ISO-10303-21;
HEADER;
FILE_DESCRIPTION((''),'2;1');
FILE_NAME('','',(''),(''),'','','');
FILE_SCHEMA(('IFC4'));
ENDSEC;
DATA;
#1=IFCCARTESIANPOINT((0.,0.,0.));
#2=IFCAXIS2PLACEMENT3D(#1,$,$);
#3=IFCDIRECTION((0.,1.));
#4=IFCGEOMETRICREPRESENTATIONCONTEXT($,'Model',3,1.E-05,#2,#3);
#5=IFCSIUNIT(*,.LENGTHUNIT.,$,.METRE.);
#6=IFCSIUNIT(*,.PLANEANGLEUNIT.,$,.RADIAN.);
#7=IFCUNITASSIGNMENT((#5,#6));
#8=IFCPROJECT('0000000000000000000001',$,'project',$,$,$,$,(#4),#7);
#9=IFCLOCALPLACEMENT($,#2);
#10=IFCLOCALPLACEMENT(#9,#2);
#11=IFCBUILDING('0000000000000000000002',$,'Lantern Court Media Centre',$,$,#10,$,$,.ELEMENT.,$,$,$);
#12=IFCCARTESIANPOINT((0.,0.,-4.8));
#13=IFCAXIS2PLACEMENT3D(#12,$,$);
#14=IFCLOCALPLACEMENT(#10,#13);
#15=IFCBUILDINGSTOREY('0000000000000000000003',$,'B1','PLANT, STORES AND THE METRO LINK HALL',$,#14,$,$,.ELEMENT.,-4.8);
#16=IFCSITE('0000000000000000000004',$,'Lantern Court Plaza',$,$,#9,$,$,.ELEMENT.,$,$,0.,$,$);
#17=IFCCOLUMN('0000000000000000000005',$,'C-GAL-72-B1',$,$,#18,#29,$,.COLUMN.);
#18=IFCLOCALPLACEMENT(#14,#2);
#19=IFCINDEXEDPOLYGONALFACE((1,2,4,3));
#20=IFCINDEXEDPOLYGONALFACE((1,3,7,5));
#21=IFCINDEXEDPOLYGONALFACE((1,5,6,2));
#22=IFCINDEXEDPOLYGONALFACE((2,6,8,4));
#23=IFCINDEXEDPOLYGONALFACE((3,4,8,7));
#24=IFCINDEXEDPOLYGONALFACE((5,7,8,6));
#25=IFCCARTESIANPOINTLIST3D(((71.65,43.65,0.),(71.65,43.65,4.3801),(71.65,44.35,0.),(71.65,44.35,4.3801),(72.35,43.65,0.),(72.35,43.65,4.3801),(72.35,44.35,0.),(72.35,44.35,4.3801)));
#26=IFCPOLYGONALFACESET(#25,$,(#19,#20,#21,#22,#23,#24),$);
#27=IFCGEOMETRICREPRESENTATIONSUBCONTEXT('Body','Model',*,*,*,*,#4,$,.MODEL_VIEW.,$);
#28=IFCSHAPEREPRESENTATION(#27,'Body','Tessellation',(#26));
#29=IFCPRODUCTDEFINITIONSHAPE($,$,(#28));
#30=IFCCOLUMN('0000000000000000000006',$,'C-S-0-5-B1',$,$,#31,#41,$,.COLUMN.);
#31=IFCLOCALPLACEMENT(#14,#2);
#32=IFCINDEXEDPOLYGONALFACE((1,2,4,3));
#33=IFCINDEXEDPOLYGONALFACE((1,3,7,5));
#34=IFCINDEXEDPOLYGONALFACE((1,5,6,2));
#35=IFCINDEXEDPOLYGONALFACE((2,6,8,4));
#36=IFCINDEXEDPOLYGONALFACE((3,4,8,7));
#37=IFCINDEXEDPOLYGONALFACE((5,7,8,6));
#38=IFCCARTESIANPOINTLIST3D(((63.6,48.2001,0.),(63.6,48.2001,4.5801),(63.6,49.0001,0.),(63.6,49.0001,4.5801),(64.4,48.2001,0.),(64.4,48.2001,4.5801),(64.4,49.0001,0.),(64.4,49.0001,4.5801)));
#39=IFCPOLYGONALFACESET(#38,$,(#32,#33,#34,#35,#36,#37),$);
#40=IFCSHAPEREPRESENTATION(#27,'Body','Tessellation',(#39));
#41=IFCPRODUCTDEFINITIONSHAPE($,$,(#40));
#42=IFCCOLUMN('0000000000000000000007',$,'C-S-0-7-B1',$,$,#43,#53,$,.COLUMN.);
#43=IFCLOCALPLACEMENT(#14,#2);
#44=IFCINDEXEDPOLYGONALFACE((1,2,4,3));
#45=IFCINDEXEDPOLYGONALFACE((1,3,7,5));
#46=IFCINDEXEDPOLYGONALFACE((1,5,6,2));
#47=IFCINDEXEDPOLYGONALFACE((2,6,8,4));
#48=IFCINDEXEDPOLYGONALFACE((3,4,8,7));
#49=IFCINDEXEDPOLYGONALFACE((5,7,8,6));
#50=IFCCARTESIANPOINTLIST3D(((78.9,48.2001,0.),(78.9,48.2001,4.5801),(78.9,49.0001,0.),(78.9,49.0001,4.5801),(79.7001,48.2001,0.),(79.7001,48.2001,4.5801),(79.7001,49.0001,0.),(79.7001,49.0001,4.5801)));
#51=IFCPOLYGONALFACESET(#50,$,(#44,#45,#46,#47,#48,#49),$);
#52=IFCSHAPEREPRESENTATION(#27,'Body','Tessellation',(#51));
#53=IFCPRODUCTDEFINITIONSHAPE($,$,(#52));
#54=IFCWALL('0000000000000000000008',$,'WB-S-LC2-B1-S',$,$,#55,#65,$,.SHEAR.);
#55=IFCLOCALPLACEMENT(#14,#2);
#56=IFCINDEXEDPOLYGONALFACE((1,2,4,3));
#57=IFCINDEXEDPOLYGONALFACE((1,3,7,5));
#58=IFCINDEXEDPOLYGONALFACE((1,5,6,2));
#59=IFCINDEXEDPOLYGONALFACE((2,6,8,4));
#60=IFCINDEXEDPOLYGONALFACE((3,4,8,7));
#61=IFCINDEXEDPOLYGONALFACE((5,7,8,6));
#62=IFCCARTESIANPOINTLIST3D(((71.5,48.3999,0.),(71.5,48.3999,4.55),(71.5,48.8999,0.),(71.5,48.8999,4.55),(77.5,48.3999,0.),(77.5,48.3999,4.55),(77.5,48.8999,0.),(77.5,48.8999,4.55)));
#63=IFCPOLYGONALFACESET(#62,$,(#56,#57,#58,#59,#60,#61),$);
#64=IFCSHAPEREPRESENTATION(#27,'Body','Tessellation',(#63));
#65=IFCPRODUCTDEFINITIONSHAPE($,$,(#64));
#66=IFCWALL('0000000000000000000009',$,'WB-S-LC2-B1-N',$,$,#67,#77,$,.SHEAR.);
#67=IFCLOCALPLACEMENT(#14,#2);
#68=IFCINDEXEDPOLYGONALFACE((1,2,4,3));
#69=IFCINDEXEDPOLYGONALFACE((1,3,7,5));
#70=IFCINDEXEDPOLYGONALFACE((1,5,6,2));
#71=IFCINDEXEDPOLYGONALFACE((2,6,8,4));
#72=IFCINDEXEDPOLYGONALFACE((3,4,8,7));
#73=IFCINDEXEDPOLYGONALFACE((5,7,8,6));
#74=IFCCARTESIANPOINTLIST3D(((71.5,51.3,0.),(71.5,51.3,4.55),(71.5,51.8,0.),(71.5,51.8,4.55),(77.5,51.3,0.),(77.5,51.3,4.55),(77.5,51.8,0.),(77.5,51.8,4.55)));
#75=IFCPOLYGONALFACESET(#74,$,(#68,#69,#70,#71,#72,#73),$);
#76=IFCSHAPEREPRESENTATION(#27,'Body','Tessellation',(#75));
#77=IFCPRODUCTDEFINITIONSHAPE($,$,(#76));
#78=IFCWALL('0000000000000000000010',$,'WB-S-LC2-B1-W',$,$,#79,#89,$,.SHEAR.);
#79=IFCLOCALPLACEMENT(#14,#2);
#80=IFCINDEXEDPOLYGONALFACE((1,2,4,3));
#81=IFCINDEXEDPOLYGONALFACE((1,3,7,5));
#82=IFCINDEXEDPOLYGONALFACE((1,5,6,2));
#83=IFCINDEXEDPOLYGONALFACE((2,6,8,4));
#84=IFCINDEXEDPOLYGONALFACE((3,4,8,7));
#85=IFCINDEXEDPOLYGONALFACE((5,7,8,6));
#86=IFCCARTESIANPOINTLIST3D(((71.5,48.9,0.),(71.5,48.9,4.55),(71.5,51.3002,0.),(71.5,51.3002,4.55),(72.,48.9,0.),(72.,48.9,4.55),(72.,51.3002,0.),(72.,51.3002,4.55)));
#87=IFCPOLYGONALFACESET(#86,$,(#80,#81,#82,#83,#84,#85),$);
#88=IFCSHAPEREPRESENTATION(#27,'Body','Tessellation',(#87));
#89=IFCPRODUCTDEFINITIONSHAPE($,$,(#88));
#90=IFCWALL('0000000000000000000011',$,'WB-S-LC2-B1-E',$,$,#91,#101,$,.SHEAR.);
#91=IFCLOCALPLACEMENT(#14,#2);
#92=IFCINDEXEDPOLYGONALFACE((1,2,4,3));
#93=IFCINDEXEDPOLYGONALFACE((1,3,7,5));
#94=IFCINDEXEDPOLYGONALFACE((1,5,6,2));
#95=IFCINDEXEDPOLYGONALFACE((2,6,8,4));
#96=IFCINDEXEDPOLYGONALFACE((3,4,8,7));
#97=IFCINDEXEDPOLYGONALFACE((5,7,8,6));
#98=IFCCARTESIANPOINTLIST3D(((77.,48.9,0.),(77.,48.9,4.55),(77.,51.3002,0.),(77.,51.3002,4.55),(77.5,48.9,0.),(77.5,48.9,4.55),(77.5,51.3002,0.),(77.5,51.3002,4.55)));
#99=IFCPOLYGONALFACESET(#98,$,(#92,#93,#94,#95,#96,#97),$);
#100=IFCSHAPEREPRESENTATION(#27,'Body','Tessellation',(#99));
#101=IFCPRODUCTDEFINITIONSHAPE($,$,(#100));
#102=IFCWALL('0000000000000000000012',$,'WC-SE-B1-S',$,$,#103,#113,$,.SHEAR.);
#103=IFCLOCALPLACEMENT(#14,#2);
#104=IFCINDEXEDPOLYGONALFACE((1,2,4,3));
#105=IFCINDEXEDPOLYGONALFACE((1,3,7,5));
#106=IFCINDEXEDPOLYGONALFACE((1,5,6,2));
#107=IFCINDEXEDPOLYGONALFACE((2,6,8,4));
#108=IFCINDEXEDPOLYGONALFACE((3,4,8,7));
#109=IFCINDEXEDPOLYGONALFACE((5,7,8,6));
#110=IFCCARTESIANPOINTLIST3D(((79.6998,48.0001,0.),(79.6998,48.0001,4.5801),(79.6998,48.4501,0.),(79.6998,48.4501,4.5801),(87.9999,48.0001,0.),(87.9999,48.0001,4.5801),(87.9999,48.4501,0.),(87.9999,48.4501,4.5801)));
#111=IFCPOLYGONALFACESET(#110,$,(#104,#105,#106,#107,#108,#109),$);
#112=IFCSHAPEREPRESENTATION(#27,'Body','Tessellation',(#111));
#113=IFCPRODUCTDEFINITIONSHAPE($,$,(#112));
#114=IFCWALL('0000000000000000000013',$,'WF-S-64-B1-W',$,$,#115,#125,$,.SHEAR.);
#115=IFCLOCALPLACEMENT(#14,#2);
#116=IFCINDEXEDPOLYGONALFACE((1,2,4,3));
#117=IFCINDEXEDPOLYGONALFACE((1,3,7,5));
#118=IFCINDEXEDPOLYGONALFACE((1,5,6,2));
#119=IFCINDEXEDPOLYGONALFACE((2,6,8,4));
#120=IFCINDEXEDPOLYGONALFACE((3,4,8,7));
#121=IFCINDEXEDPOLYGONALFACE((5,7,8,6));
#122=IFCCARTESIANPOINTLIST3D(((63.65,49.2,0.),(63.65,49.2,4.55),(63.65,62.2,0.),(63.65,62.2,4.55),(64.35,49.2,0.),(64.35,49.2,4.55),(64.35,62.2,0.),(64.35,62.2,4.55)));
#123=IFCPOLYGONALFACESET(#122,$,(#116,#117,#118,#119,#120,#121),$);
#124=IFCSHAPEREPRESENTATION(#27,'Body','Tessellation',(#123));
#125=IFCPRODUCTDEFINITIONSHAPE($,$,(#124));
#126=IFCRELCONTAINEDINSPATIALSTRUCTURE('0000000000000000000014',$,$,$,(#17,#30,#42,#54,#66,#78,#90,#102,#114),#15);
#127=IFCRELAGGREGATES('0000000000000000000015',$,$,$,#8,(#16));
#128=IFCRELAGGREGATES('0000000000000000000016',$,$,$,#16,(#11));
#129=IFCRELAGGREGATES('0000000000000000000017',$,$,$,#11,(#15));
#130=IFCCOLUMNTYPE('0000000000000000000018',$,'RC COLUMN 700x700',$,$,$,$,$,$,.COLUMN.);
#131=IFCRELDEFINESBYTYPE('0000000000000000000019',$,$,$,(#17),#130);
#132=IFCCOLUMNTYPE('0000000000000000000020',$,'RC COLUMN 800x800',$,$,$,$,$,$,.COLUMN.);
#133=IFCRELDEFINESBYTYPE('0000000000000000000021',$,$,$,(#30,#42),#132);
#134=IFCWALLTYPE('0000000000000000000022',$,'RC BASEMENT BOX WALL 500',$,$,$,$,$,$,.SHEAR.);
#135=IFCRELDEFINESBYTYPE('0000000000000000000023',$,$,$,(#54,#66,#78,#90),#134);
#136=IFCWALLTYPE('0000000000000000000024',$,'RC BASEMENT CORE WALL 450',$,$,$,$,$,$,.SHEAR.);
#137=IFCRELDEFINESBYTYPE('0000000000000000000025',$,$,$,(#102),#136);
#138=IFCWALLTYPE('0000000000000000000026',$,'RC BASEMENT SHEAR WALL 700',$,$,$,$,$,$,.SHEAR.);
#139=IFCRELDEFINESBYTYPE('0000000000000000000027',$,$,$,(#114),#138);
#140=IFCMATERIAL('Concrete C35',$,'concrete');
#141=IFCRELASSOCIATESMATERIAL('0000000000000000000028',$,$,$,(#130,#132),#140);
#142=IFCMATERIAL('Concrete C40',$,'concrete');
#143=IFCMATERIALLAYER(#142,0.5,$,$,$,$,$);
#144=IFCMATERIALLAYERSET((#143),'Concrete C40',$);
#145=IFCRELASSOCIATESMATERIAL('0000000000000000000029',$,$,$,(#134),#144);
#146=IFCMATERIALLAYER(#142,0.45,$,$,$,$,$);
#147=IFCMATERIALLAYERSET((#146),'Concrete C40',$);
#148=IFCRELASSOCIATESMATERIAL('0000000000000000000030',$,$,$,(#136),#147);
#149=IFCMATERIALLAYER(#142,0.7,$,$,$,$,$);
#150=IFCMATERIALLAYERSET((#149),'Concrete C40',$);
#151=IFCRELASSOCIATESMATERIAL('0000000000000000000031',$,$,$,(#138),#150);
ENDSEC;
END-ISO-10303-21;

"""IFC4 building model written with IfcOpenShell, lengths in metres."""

from ifc_helpers import new_model, si_unit, direction, frame, frame_2d, origin, origin_2d, place, context, subcontext, project, spatial, rectangle, extrude, material, layer, layer_set, material_profile, profile_set, type_object, element, save


model = new_model("IFC4")

# Units and contexts
model_context = context("Model", 3, precision=1e-05, world=origin(), true_north=direction((0.0, 1.0)))
body_context = subcontext(model_context, "Body", "Model", "MODEL_VIEW")
ifc_project = project(units=[si_unit("LENGTHUNIT", "METRE"), si_unit("PLANEANGLEUNIT", "RADIAN")], contexts=[model_context])

# Site, building, storey
site_placement = place(None, origin())
site = spatial("IfcSite", under=ifc_project, at=site_placement, Name="Lantern Court Plaza", CompositionType="ELEMENT", RefElevation=0.0)
building_placement = place(site_placement, origin())
building = spatial("IfcBuilding", under=site, at=building_placement, Name="Lantern Court Media Centre", CompositionType="ELEMENT")
storey_placement = place(building_placement, frame((0.0, 0.0, -4.8)))
storey = spatial("IfcBuildingStorey", under=building, at=storey_placement, Name="B1", Description="PLANT, STORES AND THE METRO LINK HALL", CompositionType="ELEMENT", Elevation=-4.8)

# Columns
ifc_material_1 = material(Name="Concrete C35", Category="concrete")
ifc_material_profile_1 = material_profile(ifc_material_1, rectangle(XDim=0.7, YDim=0.7, at=origin_2d()), Name="RC 700x700")
ifc_profile_set_1 = profile_set([ifc_material_profile_1], Name="Concrete C35")
column_type_1 = type_object("IfcColumnType", Name="RC COLUMN 700x700", PredefinedType="COLUMN", material=ifc_profile_set_1)
for number, where, z_axis, x_axis, name in (
    (1, (72.0, 44.0, 0.0), (0.0, 0.0, 1.0), (1.0, 0.0, 0.0), "C-GAL-72-B1"),
):
    element("IfcColumn", number, at=place(storey_placement, frame(where, z_axis=z_axis, x_axis=x_axis)), inside=storey, type_object=column_type_1, Name=name, PredefinedType="COLUMN", context=body_context, shape_type="SweptSolid", body=[
        extrude(rectangle(XDim=0.7, YDim=0.7, at=origin_2d()), origin(), (0.0, 0.0, 1.0), 4.3801),
    ])
ifc_material_profile_2 = material_profile(ifc_material_1, rectangle(XDim=0.8, YDim=0.8, at=origin_2d()), Name="RC 800x800")
ifc_profile_set_2 = profile_set([ifc_material_profile_2], Name="Concrete C35")
column_type_2 = type_object("IfcColumnType", Name="RC COLUMN 800x800", PredefinedType="COLUMN", material=ifc_profile_set_2)
for number, where, z_axis, x_axis, name in (
    (2, (64.0, 48.6001, 0.0), (0.0, 0.0, 1.0), (1.0, 0.0, 0.0), "C-S-0-5-B1"),
    (3, (79.3, 48.6001, 0.0), (0.0, 0.0, 1.0), (1.0, 0.0, 0.0), "C-S-0-7-B1"),
):
    element("IfcColumn", number, at=place(storey_placement, frame(where, z_axis=z_axis, x_axis=x_axis)), inside=storey, type_object=column_type_2, Name=name, PredefinedType="COLUMN", context=body_context, shape_type="SweptSolid", body=[
        extrude(rectangle(XDim=0.8, YDim=0.8, at=origin_2d()), origin(), (0.0, 0.0, 1.0), 4.5801),
    ])

# Walls
ifc_material_2 = material(Name="Concrete C40", Category="concrete")
ifc_layer_1 = layer(ifc_material_2, 0.5)
ifc_layer_set_1 = layer_set([ifc_layer_1], Name="Concrete C40")
wall_type_1 = type_object("IfcWallType", Name="RC BASEMENT BOX WALL 500", PredefinedType="SHEAR", material=ifc_layer_set_1)
for number, where, z_axis, x_axis, name in (
    (4, (71.5, 48.6499, 0.0), (0.0, 0.0, 1.0), (1.0, 0.0, 0.0), "WB-S-LC2-B1-S"),
    (5, (71.5, 51.55, 0.0), (0.0, 0.0, 1.0), (1.0, 0.0, 0.0), "WB-S-LC2-B1-N"),
):
    element("IfcWall", number, at=place(storey_placement, frame(where, z_axis=z_axis, x_axis=x_axis)), inside=storey, type_object=wall_type_1, Name=name, PredefinedType="SHEAR", context=body_context, shape_type="SweptSolid", body=[
        extrude(rectangle(XDim=6.0, YDim=0.5, at=frame_2d((3.0, 0.0))), origin(), (0.0, 0.0, 1.0), 4.55),
    ])
for number, where, z_axis, x_axis, name in (
    (6, (71.75, 48.8999, 0.0), (0.0, 0.0, 1.0), (0.0, 1.0, 0.0), "WB-S-LC2-B1-W"),
    (7, (77.25, 48.8999, 0.0), (0.0, 0.0, 1.0), (0.0, 1.0, 0.0), "WB-S-LC2-B1-E"),
):
    element("IfcWall", number, at=place(storey_placement, frame(where, z_axis=z_axis, x_axis=x_axis)), inside=storey, type_object=wall_type_1, Name=name, PredefinedType="SHEAR", context=body_context, shape_type="SweptSolid", body=[
        extrude(rectangle(XDim=2.4001, YDim=0.5, at=frame_2d((1.2002, 0.0))), origin(), (0.0, 0.0, 1.0), 4.55),
    ])
ifc_layer_2 = layer(ifc_material_2, 0.45)
ifc_layer_set_2 = layer_set([ifc_layer_2], Name="Concrete C40")
wall_type_2 = type_object("IfcWallType", Name="RC BASEMENT CORE WALL 450", PredefinedType="SHEAR", material=ifc_layer_set_2)
wall_1_placement = place(storey_placement, frame((79.7, 48.2251, 0.0), z_axis=(0.0, 0.0, 1.0), x_axis=(1.0, 0.0, 0.0)))
element("IfcWall", 8, at=wall_1_placement, inside=storey, type_object=wall_type_2, Name="WC-SE-B1-S", PredefinedType="SHEAR", context=body_context, shape_type="SweptSolid", body=[
    extrude(rectangle(XDim=8.3, YDim=0.45, at=frame_2d((4.1499, 0.0))), origin(), (0.0, 0.0, 1.0), 4.5801),
])
ifc_layer_3 = layer(ifc_material_2, 0.7)
ifc_layer_set_3 = layer_set([ifc_layer_3], Name="Concrete C40")
wall_type_3 = type_object("IfcWallType", Name="RC BASEMENT SHEAR WALL 700", PredefinedType="SHEAR", material=ifc_layer_set_3)
wall_2_placement = place(storey_placement, frame((64.0, 49.2, 0.0), z_axis=(0.0, 0.0, 1.0), x_axis=(0.0, 1.0, 0.0)))
element("IfcWall", 9, at=wall_2_placement, inside=storey, type_object=wall_type_3, Name="WF-S-64-B1-W", PredefinedType="SHEAR", context=body_context, shape_type="SweptSolid", body=[
    extrude(rectangle(XDim=13.0, YDim=0.7, at=frame_2d((6.5, 0.0))), origin(), (0.0, 0.0, 1.0), 4.55),
])

save(model, "model.ifc")
